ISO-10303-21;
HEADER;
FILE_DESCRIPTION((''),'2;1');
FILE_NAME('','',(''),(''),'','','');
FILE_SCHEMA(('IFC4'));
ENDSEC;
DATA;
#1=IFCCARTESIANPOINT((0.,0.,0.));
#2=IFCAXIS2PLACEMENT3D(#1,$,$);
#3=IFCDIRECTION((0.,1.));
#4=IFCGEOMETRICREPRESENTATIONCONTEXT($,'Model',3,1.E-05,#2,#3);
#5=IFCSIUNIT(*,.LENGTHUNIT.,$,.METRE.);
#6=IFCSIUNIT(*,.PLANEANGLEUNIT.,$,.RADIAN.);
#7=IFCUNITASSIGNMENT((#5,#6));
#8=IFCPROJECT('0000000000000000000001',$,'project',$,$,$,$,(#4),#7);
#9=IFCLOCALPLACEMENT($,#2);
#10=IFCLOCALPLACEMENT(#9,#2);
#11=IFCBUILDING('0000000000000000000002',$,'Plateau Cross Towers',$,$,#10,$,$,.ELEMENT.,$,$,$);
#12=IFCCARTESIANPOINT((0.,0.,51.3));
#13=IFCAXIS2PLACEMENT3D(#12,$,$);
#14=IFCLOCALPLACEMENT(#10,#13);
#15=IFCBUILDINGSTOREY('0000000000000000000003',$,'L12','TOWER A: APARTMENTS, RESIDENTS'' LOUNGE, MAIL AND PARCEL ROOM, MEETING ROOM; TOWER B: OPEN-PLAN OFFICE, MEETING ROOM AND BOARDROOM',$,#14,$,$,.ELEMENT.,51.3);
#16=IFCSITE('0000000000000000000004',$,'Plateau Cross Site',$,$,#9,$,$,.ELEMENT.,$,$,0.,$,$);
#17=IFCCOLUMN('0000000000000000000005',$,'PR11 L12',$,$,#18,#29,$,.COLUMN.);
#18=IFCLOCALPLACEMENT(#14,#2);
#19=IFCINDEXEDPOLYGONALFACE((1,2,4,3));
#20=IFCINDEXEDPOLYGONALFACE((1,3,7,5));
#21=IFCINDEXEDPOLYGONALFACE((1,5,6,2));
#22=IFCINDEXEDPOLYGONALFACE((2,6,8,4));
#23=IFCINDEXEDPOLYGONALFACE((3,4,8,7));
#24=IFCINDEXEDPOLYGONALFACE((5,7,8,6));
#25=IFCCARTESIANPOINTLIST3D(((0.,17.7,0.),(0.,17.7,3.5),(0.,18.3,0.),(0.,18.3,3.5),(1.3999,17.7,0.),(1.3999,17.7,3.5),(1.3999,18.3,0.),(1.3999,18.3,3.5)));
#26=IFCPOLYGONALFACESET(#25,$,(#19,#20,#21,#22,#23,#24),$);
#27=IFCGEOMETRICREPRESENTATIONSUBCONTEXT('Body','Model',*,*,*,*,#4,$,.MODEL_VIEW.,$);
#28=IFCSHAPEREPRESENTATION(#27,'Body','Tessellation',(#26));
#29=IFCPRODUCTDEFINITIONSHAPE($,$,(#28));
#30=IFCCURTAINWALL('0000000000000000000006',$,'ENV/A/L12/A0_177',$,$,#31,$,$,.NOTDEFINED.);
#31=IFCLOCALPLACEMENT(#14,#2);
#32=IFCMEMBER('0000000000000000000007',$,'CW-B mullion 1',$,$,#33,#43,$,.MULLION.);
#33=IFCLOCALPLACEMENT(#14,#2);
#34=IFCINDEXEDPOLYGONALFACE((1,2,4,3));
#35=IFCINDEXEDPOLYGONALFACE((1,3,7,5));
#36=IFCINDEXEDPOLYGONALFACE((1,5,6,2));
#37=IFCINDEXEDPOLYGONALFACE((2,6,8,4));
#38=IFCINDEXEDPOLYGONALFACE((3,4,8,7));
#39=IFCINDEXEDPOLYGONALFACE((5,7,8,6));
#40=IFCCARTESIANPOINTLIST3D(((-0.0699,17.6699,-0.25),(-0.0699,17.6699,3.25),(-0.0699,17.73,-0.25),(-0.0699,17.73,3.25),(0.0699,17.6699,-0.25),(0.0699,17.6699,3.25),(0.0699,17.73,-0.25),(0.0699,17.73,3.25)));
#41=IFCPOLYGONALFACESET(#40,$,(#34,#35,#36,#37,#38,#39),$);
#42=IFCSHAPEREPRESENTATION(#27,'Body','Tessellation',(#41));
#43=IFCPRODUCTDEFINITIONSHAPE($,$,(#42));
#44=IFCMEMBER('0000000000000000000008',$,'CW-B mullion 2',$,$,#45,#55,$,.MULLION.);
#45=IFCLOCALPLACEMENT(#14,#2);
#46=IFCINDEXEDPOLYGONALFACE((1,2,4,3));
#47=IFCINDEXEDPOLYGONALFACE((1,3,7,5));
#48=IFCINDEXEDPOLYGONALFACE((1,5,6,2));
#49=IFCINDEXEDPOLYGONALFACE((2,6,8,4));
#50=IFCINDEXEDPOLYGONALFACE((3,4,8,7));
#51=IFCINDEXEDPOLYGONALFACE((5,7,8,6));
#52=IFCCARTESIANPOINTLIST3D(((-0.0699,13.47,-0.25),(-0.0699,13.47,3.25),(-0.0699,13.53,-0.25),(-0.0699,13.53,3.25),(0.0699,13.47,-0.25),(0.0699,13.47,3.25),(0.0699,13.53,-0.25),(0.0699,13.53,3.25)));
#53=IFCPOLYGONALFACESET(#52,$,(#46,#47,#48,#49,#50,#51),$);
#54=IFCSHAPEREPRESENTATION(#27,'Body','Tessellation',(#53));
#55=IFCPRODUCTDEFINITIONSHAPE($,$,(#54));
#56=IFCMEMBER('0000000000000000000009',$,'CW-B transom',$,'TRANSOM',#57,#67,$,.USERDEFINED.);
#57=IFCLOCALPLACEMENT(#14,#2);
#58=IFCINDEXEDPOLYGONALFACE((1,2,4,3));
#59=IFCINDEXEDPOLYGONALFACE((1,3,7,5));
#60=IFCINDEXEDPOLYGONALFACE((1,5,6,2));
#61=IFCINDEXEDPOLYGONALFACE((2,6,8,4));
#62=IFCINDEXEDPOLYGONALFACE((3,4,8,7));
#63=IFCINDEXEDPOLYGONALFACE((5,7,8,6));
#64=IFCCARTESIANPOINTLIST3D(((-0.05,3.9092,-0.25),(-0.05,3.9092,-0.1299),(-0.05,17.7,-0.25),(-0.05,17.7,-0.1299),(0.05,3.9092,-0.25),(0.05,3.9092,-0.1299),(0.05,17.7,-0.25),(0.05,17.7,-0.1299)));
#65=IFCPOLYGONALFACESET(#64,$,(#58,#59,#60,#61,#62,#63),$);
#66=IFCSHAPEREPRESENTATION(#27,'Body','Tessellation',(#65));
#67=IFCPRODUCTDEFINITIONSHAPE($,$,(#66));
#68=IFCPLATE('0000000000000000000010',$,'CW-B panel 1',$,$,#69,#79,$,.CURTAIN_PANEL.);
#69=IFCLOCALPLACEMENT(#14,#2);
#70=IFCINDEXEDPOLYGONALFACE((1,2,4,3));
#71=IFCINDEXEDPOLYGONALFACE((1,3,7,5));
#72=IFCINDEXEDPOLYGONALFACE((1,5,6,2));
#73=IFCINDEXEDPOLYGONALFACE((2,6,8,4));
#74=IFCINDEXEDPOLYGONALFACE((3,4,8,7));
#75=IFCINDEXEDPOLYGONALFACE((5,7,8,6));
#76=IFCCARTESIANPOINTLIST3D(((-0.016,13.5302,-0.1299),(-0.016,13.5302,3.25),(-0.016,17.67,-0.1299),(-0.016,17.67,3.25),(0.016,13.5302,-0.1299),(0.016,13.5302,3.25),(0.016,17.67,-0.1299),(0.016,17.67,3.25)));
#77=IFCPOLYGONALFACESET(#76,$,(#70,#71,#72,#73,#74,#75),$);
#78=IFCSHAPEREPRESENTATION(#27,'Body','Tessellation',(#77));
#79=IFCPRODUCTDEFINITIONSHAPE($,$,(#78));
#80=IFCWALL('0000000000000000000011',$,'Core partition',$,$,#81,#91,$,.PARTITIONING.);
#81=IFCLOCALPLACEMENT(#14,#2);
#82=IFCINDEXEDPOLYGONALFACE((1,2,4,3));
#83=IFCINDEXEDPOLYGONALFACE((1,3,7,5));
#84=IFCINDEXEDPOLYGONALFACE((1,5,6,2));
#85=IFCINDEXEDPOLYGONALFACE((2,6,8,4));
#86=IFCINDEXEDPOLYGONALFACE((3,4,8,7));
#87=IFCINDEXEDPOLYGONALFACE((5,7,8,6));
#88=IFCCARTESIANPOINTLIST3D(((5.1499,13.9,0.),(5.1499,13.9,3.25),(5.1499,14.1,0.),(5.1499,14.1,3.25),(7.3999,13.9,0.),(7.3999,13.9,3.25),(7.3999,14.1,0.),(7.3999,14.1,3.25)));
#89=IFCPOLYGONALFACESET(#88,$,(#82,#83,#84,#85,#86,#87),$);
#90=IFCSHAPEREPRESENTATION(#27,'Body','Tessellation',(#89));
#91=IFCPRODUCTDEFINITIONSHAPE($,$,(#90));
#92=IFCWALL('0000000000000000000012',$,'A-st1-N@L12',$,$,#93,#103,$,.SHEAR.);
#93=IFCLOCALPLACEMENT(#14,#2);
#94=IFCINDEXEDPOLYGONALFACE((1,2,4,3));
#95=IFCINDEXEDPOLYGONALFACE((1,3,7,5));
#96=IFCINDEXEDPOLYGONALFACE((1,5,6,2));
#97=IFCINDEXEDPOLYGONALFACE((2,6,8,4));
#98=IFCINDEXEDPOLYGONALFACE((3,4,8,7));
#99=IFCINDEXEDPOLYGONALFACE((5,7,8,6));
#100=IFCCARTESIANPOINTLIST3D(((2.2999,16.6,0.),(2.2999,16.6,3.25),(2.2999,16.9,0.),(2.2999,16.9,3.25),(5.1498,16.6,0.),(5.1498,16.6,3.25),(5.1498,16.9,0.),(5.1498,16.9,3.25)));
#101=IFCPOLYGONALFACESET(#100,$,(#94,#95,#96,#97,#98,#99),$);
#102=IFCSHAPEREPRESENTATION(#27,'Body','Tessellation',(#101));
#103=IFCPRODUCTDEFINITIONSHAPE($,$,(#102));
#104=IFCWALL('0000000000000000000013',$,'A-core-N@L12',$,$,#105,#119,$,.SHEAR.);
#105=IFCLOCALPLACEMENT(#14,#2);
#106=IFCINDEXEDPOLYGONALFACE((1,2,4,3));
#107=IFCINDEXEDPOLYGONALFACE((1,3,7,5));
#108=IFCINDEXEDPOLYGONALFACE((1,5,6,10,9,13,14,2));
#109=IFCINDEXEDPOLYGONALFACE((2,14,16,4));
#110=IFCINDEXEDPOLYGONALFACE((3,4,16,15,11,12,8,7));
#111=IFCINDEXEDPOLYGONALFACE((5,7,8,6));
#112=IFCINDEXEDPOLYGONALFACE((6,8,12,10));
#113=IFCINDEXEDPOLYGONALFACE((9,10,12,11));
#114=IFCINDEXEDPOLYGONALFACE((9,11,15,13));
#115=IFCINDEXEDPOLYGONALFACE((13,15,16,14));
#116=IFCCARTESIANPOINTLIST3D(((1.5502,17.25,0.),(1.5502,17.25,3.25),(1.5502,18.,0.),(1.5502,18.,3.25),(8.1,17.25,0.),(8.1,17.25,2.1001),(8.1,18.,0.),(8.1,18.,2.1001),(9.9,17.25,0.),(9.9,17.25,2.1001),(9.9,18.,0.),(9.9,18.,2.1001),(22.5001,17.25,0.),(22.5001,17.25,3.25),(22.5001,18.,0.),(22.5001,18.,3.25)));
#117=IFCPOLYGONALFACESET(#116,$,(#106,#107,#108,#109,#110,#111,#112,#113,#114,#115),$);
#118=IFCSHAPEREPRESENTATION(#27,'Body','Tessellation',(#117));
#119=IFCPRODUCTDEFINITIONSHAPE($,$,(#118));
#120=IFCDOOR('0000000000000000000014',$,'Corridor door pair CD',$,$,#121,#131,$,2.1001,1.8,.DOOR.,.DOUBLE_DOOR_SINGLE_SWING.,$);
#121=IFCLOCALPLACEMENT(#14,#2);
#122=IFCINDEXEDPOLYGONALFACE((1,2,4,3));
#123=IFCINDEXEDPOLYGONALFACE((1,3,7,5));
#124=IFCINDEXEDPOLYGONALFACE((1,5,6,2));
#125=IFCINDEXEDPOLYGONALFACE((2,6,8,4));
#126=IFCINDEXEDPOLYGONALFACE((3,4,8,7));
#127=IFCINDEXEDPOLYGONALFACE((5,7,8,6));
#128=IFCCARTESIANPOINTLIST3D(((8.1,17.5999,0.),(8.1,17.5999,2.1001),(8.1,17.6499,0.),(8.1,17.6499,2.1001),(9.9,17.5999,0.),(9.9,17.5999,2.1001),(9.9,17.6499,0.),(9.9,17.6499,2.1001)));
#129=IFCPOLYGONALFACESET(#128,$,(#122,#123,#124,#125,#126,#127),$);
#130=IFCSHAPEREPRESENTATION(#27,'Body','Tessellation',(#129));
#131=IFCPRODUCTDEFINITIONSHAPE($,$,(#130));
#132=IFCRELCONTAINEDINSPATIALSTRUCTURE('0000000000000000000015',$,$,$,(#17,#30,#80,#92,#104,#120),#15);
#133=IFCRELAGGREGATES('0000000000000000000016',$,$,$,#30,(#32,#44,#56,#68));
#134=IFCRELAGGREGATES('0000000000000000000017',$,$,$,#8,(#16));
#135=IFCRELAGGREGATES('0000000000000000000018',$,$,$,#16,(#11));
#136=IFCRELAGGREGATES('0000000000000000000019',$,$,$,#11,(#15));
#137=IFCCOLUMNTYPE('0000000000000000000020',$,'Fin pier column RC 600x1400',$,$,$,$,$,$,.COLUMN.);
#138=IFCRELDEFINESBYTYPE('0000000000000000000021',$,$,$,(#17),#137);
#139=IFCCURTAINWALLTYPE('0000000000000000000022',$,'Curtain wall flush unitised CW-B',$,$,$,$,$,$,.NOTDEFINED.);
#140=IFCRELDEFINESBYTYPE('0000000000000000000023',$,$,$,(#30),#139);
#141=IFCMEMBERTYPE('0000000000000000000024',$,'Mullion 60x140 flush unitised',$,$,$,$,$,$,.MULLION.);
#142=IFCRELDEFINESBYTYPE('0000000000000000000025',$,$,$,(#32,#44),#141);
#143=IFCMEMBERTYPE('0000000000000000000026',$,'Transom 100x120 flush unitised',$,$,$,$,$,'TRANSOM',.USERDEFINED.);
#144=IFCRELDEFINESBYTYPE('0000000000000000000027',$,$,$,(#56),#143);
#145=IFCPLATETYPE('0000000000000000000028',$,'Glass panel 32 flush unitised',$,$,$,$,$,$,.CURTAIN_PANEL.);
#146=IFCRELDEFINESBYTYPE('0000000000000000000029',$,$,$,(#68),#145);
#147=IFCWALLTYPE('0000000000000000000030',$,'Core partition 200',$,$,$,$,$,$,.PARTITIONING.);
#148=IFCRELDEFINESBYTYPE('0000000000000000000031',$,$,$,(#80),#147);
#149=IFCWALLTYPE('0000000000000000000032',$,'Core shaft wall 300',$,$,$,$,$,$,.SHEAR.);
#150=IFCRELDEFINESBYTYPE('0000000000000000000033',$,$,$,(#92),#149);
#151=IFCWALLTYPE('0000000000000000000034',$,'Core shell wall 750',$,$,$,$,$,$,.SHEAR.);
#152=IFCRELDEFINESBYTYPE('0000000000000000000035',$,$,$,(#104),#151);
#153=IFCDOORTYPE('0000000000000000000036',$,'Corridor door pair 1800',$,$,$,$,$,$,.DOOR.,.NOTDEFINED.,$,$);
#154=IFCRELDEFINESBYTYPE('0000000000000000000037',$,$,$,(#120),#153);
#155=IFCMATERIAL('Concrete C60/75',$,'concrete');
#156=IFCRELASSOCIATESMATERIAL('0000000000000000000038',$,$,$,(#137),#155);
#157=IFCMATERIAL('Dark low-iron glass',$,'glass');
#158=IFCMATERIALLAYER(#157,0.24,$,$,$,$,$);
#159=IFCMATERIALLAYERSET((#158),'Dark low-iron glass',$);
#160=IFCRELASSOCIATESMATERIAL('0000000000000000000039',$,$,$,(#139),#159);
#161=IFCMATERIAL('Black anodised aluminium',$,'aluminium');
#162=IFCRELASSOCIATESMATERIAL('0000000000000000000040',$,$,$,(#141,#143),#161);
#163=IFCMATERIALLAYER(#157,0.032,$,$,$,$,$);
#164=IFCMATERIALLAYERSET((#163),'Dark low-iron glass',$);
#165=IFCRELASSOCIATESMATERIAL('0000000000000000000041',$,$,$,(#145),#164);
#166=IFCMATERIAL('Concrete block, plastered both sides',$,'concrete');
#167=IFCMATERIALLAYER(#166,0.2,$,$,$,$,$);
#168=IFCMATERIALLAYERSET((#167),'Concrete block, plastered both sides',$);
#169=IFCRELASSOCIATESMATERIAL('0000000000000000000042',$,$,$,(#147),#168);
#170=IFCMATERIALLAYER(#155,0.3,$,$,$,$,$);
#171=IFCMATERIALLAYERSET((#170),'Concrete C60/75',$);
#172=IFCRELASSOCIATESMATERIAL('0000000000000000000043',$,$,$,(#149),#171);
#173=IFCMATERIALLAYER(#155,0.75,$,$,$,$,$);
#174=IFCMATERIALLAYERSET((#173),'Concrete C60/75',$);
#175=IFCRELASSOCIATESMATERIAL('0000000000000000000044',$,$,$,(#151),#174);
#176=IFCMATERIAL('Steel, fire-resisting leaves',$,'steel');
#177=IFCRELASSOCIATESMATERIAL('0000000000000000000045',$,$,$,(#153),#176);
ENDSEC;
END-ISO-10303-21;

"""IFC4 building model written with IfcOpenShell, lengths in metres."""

from ifc_helpers import new_model, si_unit, direction, frame, frame_2d, origin, origin_2d, place, context, subcontext, project, spatial, rectangle, extrude, material, layer, layer_set, material_profile, profile_set, type_object, element, fill, aggregate, save


model = new_model("IFC4")

# Units and contexts
model_context = context("Model", 3, precision=1e-05, world=origin(), true_north=direction((0.0, 1.0)))
body_context = subcontext(model_context, "Body", "Model", "MODEL_VIEW")
ifc_project = project(units=[si_unit("LENGTHUNIT", "METRE"), si_unit("PLANEANGLEUNIT", "RADIAN")], contexts=[model_context])

# Site, building, storey
site_placement = place(None, origin())
site = spatial("IfcSite", under=ifc_project, at=site_placement, Name="Plateau Cross Site", CompositionType="ELEMENT", RefElevation=0.0)
building_placement = place(site_placement, origin())
building = spatial("IfcBuilding", under=site, at=building_placement, Name="Plateau Cross Towers", CompositionType="ELEMENT")
storey_placement = place(building_placement, frame((0.0, 0.0, 51.3)))
storey = spatial("IfcBuildingStorey", under=building, at=storey_placement, Name="L12", Description="TOWER A: APARTMENTS, RESIDENTS' LOUNGE, MAIL AND PARCEL ROOM, MEETING ROOM; TOWER B: OPEN-PLAN OFFICE, MEETING ROOM AND BOARDROOM", CompositionType="ELEMENT", Elevation=51.3)

# Column
ifc_material_1 = material(Name="Concrete C60/75", Category="concrete")
ifc_material_profile_1 = material_profile(ifc_material_1, rectangle(XDim=0.6001, YDim=1.3999, at=origin_2d()), Name="RC 600x1400")
ifc_profile_set_1 = profile_set([ifc_material_profile_1], Name="Concrete C60/75")
column_type = type_object("IfcColumnType", Name="Fin pier column RC 600x1400", PredefinedType="COLUMN", material=ifc_profile_set_1)
column_placement = place(storey_placement, frame((0.7, 18.0, 0.0), z_axis=(0.0, 0.0, 1.0), x_axis=(0.0, 1.0, 0.0)))
element("IfcColumn", 1, at=column_placement, inside=storey, type_object=column_type, Name="PR11 L12", PredefinedType="COLUMN", context=body_context, shape_type="SweptSolid", body=[
    extrude(rectangle(XDim=0.6001, YDim=1.3999, at=origin_2d()), origin(), (0.0, 0.0, 1.0), 3.5),
])

# Curtain wall, members, plate
ifc_material_2 = material(Name="Dark low-iron glass", Category="glass")
ifc_layer_1 = layer(ifc_material_2, 0.24)
ifc_layer_set_1 = layer_set([ifc_layer_1], Name="Dark low-iron glass")
curtain_wall_type = type_object("IfcCurtainWallType", Name="Curtain wall flush unitised CW-B", PredefinedType="NOTDEFINED", material=ifc_layer_set_1)
curtain_wall_placement = place(storey_placement, origin())
curtain_wall = element("IfcCurtainWall", 2, at=curtain_wall_placement, inside=storey, type_object=curtain_wall_type, Name="ENV/A/L12/A0_177", PredefinedType="NOTDEFINED")
ifc_material_3 = material(Name="Black anodised aluminium", Category="aluminium")
ifc_material_profile_2 = material_profile(ifc_material_3, rectangle(XDim=0.0601, YDim=0.1399, at=origin_2d()), Name="MULLION 60x140")
ifc_profile_set_2 = profile_set([ifc_material_profile_2], Name="Black anodised aluminium")
member_type_1 = type_object("IfcMemberType", Name="Mullion 60x140 flush unitised", PredefinedType="MULLION", material=ifc_profile_set_2)
member_1_placement = place(storey_placement, frame((0.0, 17.7, -0.25), z_axis=(0.0, 0.0, 1.0), x_axis=(0.0, -1.0, 0.0)))
member_1 = element("IfcMember", 3, at=member_1_placement, type_object=member_type_1, Name="CW-B mullion 1", PredefinedType="MULLION", context=body_context, shape_type="SweptSolid", body=[
    extrude(rectangle(XDim=0.0601, YDim=0.1399, at=origin_2d()), origin(), (0.0, 0.0, 1.0), 3.5),
])
member_2_placement = place(storey_placement, frame((0.0, 13.5, -0.25), z_axis=(0.0, 0.0, 1.0), x_axis=(0.0, -1.0, 0.0)))
member_2 = element("IfcMember", 4, at=member_2_placement, type_object=member_type_1, Name="CW-B mullion 2", PredefinedType="MULLION", context=body_context, shape_type="SweptSolid", body=[
    extrude(rectangle(XDim=0.0601, YDim=0.1399, at=origin_2d()), origin(), (0.0, 0.0, 1.0), 3.5),
])
ifc_material_profile_3 = material_profile(ifc_material_3, rectangle(XDim=0.1001, YDim=0.1201, at=origin_2d()), Name="TRANSOM 100x120")
ifc_profile_set_3 = profile_set([ifc_material_profile_3], Name="Black anodised aluminium")
member_type_2 = type_object("IfcMemberType", Name="Transom 100x120 flush unitised", ElementType="TRANSOM", PredefinedType="USERDEFINED", material=ifc_profile_set_3)
member_3_placement = place(storey_placement, frame((0.0, 17.7, -0.1899), z_axis=(0.0, -1.0, 0.0), x_axis=(1.0, 0.0, 0.0)))
member_3 = element("IfcMember", 5, at=member_3_placement, type_object=member_type_2, Name="CW-B transom", ObjectType="TRANSOM", PredefinedType="USERDEFINED", context=body_context, shape_type="SweptSolid", body=[
    extrude(rectangle(XDim=0.1001, YDim=0.1201, at=origin_2d()), origin(), (0.0, 0.0, 1.0), 13.7908),
])
ifc_layer_2 = layer(ifc_material_2, 0.032)
ifc_layer_set_2 = layer_set([ifc_layer_2], Name="Dark low-iron glass")
plate_type = type_object("IfcPlateType", Name="Glass panel 32 flush unitised", PredefinedType="CURTAIN_PANEL", material=ifc_layer_set_2)
plate_placement = place(storey_placement, frame((0.0, 15.6001, -0.1299), z_axis=(0.0, 0.0, 1.0), x_axis=(0.0, -1.0, 0.0)))
plate = element("IfcPlate", 6, at=plate_placement, type_object=plate_type, Name="CW-B panel 1", PredefinedType="CURTAIN_PANEL", context=body_context, shape_type="SweptSolid", body=[
    extrude(rectangle(XDim=4.1399, YDim=0.032, at=origin_2d()), origin(), (0.0, 0.0, 1.0), 3.3799),
])
aggregate(curtain_wall, [member_1, member_2, member_3, plate])

# Walls
ifc_material_4 = material(Name="Concrete block, plastered both sides", Category="concrete")
ifc_layer_3 = layer(ifc_material_4, 0.2)
ifc_layer_set_3 = layer_set([ifc_layer_3], Name="Concrete block, plastered both sides")
wall_type_1 = type_object("IfcWallType", Name="Core partition 200", PredefinedType="PARTITIONING", material=ifc_layer_set_3)
wall_1_placement = place(storey_placement, frame((5.1499, 14.0, 0.0), z_axis=(0.0, 0.0, 1.0), x_axis=(1.0, 0.0, 0.0)))
element("IfcWall", 7, at=wall_1_placement, inside=storey, type_object=wall_type_1, Name="Core partition", PredefinedType="PARTITIONING", context=body_context, shape_type="SweptSolid", body=[
    extrude(rectangle(XDim=2.25, YDim=0.2, at=frame_2d((1.125, 0.0))), origin(), (0.0, 0.0, 1.0), 3.25),
])
ifc_layer_4 = layer(ifc_material_1, 0.3)
ifc_layer_set_4 = layer_set([ifc_layer_4], Name="Concrete C60/75")
wall_type_2 = type_object("IfcWallType", Name="Core shaft wall 300", PredefinedType="SHEAR", material=ifc_layer_set_4)
wall_2_placement = place(storey_placement, frame((2.3, 16.75, 0.0), z_axis=(0.0, 0.0, 1.0), x_axis=(1.0, 0.0, 0.0)))
element("IfcWall", 8, at=wall_2_placement, inside=storey, type_object=wall_type_2, Name="A-st1-N@L12", PredefinedType="SHEAR", context=body_context, shape_type="SweptSolid", body=[
    extrude(rectangle(XDim=2.8499, YDim=0.3, at=frame_2d((1.4248, 0.0))), origin(), (0.0, 0.0, 1.0), 3.25),
])

# Wall, opening, door
ifc_layer_5 = layer(ifc_material_1, 0.75)
ifc_layer_set_5 = layer_set([ifc_layer_5], Name="Concrete C60/75")
wall_type_3 = type_object("IfcWallType", Name="Core shell wall 750", PredefinedType="SHEAR", material=ifc_layer_set_5)
wall_3_placement = place(storey_placement, frame((1.55, 17.625, 0.0), z_axis=(0.0, 0.0, 1.0), x_axis=(1.0, 0.0, 0.0)))
wall_3 = element("IfcWall", 9, at=wall_3_placement, inside=storey, type_object=wall_type_3, Name="A-core-N@L12", PredefinedType="SHEAR", context=body_context, shape_type="SweptSolid", body=[
    extrude(rectangle(XDim=20.95, YDim=0.75, at=frame_2d((10.4751, 0.0))), origin(), (0.0, 0.0, 1.0), 3.25),
])
opening_1_placement = place(wall_3_placement, frame((6.55, 0.0, 0.0)))
opening_1 = element("IfcOpeningElement", 10, at=opening_1_placement, cuts=wall_3, PredefinedType="OPENING", context=body_context, shape_type="SweptSolid", body=[
    extrude(rectangle(XDim=1.8, YDim=2.1001, at=frame_2d((0.8999, 1.05))), frame((0.0, 0.385, 0.0), z_axis=(0.0, -1.0, 0.0), x_axis=(1.0, 0.0, 0.0)), (0.0, 0.0, 1.0), 0.77),
])
ifc_material_5 = material(Name="Steel, fire-resisting leaves", Category="steel")
door_type_1 = type_object("IfcDoorType", Name="Corridor door pair 1800", OperationType="NOTDEFINED", PredefinedType="DOOR", material=ifc_material_5)
door_1_placement = place(opening_1_placement, origin())
door_1 = element("IfcDoor", 11, at=door_1_placement, inside=storey, type_object=door_type_1, Name="Corridor door pair CD", OperationType="DOUBLE_DOOR_SINGLE_SWING", OverallHeight=2.1001, OverallWidth=1.8, PredefinedType="DOOR", context=body_context, shape_type="SweptSolid", body=[
    extrude(rectangle(XDim=1.8, YDim=2.1001, at=frame_2d((0.8999, 1.05))), frame((0.0, 0.0249, 0.0), z_axis=(0.0, -1.0, 0.0), x_axis=(1.0, 0.0, 0.0)), (0.0, 0.0, 1.0), 0.05),
])
fill(opening_1, door_1)

save(model, "model.ifc")
